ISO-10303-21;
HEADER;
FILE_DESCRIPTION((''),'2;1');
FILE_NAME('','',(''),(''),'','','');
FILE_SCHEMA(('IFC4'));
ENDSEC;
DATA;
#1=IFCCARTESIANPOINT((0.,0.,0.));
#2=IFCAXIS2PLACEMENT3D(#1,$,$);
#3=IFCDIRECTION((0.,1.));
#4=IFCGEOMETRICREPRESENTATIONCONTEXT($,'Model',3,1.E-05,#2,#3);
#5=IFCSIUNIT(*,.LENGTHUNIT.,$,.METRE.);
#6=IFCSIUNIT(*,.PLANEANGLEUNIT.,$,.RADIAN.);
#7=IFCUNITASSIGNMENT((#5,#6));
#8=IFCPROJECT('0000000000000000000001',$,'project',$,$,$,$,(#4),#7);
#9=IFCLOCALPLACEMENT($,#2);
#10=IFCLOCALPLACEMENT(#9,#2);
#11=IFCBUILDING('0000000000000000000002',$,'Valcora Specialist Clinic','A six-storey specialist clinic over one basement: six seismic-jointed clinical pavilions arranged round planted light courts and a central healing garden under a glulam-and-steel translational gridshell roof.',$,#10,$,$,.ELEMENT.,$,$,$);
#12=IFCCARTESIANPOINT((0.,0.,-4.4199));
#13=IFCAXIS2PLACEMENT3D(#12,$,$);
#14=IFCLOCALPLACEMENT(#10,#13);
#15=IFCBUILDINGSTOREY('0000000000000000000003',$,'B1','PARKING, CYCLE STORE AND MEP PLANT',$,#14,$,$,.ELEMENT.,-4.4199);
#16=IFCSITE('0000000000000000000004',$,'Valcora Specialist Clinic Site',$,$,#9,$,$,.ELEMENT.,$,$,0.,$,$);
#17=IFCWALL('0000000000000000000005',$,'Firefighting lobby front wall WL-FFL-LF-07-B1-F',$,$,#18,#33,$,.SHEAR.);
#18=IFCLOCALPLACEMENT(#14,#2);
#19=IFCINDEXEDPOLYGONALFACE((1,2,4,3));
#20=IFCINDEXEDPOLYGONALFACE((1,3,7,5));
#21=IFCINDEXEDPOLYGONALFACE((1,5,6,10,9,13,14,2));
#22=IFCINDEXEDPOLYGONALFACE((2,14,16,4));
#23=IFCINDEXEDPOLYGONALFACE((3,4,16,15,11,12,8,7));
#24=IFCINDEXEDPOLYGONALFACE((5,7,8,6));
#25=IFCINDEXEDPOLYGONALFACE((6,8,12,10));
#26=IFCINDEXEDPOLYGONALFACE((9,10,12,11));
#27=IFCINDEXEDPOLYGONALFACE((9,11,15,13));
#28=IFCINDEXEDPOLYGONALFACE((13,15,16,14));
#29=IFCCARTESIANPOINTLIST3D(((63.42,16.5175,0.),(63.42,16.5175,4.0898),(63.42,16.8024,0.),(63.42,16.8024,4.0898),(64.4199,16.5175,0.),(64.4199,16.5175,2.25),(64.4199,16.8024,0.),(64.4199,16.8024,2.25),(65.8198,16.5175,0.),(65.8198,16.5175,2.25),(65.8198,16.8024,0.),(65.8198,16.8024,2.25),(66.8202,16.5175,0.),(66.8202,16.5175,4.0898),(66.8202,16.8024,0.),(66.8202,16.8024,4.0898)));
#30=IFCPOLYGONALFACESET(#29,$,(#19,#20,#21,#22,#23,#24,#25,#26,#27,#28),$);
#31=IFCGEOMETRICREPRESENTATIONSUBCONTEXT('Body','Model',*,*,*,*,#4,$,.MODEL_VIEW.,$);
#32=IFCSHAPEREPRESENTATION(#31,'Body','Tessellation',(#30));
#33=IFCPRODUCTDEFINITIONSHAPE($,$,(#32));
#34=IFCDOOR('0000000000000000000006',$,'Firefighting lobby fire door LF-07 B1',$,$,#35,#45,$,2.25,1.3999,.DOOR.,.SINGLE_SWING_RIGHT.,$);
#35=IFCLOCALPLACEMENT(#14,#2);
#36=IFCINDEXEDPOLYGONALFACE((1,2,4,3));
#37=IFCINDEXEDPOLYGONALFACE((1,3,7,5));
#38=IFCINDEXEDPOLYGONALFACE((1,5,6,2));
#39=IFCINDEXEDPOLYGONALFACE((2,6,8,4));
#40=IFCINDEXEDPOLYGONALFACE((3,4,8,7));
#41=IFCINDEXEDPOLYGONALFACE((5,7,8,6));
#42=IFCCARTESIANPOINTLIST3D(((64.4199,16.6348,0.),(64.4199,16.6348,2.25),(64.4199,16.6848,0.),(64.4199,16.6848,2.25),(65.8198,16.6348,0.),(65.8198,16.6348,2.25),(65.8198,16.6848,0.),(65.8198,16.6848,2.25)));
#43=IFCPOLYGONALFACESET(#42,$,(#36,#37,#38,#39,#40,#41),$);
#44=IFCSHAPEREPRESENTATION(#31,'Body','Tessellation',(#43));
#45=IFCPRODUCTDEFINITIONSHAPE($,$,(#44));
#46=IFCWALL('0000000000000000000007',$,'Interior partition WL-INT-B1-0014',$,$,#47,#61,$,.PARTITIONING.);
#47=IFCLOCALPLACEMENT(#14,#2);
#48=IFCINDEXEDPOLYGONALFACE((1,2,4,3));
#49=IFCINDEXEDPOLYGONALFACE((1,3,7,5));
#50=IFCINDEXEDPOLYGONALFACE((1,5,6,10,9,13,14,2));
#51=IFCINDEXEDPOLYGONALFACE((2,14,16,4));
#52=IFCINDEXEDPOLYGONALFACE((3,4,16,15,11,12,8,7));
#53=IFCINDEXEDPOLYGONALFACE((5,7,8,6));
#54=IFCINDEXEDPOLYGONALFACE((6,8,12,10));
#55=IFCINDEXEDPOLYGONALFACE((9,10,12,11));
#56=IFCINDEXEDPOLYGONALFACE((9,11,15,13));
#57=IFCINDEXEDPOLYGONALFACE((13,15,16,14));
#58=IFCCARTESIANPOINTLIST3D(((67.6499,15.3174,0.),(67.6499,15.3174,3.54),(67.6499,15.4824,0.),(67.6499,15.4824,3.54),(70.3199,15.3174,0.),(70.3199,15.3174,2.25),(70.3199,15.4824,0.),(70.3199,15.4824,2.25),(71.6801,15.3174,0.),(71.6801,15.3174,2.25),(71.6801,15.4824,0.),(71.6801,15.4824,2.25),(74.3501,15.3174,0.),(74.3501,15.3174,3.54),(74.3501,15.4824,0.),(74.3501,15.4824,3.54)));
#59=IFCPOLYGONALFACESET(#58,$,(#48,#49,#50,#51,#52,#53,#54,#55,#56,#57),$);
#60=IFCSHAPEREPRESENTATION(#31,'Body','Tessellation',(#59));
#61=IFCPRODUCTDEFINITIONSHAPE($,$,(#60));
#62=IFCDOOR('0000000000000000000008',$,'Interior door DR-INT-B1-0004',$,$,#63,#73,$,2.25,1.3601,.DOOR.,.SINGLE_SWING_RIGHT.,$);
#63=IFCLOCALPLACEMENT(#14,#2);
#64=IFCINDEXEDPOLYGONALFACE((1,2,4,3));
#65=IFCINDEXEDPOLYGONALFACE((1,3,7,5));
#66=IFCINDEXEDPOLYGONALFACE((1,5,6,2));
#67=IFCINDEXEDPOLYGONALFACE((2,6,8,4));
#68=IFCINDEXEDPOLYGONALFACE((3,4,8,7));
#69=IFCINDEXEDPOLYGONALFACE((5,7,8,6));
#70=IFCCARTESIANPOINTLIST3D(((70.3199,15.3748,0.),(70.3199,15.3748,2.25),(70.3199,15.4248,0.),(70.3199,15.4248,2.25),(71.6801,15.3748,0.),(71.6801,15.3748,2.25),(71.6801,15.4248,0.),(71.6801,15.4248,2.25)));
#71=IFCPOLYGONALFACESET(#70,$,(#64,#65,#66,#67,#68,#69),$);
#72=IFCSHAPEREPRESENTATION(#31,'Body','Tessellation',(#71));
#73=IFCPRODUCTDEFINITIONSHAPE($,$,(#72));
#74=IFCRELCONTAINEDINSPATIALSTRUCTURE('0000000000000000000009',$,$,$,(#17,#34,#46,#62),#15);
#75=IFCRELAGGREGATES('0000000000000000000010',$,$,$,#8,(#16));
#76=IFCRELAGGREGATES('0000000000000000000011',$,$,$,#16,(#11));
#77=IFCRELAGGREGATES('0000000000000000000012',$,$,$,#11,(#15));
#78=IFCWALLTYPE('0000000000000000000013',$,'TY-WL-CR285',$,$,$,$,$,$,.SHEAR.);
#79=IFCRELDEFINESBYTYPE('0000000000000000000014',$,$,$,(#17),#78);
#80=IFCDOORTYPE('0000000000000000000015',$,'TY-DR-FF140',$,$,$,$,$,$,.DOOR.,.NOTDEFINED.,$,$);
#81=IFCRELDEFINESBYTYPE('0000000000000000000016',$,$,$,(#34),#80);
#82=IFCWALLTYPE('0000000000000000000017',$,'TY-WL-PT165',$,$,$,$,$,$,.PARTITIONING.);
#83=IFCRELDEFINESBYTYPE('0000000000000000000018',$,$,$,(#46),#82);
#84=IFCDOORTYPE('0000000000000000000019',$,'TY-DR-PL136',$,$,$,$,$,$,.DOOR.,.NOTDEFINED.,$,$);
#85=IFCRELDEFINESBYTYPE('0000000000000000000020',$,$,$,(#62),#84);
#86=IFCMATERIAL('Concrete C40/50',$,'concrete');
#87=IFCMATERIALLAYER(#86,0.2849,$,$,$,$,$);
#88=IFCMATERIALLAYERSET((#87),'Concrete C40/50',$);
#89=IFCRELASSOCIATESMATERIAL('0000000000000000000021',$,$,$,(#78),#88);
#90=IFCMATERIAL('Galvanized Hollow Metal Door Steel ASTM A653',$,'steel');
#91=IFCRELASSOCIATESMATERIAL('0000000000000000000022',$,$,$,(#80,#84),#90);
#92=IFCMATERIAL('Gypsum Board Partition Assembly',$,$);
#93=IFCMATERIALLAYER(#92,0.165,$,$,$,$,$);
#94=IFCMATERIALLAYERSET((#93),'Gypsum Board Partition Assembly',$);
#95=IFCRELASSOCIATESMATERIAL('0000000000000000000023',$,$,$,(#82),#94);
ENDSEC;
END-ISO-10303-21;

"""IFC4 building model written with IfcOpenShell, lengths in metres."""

from ifc_helpers import new_model, si_unit, direction, frame, frame_2d, origin, place, context, subcontext, project, spatial, rectangle, extrude, material, layer, layer_set, type_object, element, fill, save


model = new_model("IFC4")

# Units and contexts
model_context = context("Model", 3, precision=1e-05, world=origin(), true_north=direction((0.0, 1.0)))
body_context = subcontext(model_context, "Body", "Model", "MODEL_VIEW")
ifc_project = project(units=[si_unit("LENGTHUNIT", "METRE"), si_unit("PLANEANGLEUNIT", "RADIAN")], contexts=[model_context])

# Site, building, storey
site_placement = place(None, origin())
site = spatial("IfcSite", under=ifc_project, at=site_placement, Name="Valcora Specialist Clinic Site", CompositionType="ELEMENT", RefElevation=0.0)
building_placement = place(site_placement, origin())
building = spatial("IfcBuilding", under=site, at=building_placement, Name="Valcora Specialist Clinic", Description="A six-storey specialist clinic over one basement: six seismic-jointed clinical pavilions arranged round planted light courts and a central healing garden under a glulam-and-steel translational gridshell roof.", CompositionType="ELEMENT")
storey_placement = place(building_placement, frame((0.0, 0.0, -4.4199)))
storey = spatial("IfcBuildingStorey", under=building, at=storey_placement, Name="B1", Description="PARKING, CYCLE STORE AND MEP PLANT", CompositionType="ELEMENT", Elevation=-4.4199)

# Shared definitions
ifc_material_1 = material(Name="Concrete C40/50", Category="concrete")

# Walls, openings, doors
ifc_layer_1 = layer(ifc_material_1, 0.2849)
ifc_layer_set_1 = layer_set([ifc_layer_1], Name="Concrete C40/50")
wall_type_1 = type_object("IfcWallType", Name="TY-WL-CR285", PredefinedType="SHEAR", material=ifc_layer_set_1)
wall_1_placement = place(storey_placement, frame((63.4199, 16.6599, 0.0), z_axis=(0.0, 0.0, 1.0), x_axis=(1.0, 0.0, 0.0)))
wall_1 = element("IfcWall", 1, at=wall_1_placement, inside=storey, type_object=wall_type_1, Name="Firefighting lobby front wall WL-FFL-LF-07-B1-F", PredefinedType="SHEAR", context=body_context, shape_type="SweptSolid", body=[
    extrude(rectangle(XDim=3.4001, YDim=0.2849, at=frame_2d((1.7002, 0.0))), origin(), (0.0, 0.0, 1.0), 4.0898),
])
opening_1_placement = place(wall_1_placement, frame((1.0, 0.0, 0.0)))
opening_1 = element("IfcOpeningElement", 2, at=opening_1_placement, cuts=wall_1, PredefinedType="OPENING", context=body_context, shape_type="SweptSolid", body=[
    extrude(rectangle(XDim=1.3999, YDim=2.25, at=frame_2d((0.7, 1.125))), frame((0.0, 0.1523, 0.0), z_axis=(0.0, -1.0, 0.0), x_axis=(1.0, 0.0, 0.0)), (0.0, 0.0, 1.0), 0.3049),
])
ifc_material_2 = material(Name="Galvanized Hollow Metal Door Steel ASTM A653", Category="steel")
door_type_1 = type_object("IfcDoorType", Name="TY-DR-FF140", OperationType="NOTDEFINED", PredefinedType="DOOR", material=ifc_material_2)
door_1_placement = place(opening_1_placement, origin())
door_1 = element("IfcDoor", 3, at=door_1_placement, inside=storey, type_object=door_type_1, Name="Firefighting lobby fire door LF-07 B1", OperationType="SINGLE_SWING_RIGHT", OverallHeight=2.25, OverallWidth=1.3999, PredefinedType="DOOR", context=body_context, shape_type="SweptSolid", body=[
    extrude(rectangle(XDim=1.3999, YDim=2.25, at=frame_2d((0.7, 1.125))), frame((0.0, 0.0249, 0.0), z_axis=(0.0, -1.0, 0.0), x_axis=(1.0, 0.0, 0.0)), (0.0, 0.0, 1.0), 0.05),
])
fill(opening_1, door_1)
ifc_material_3 = material(Name="Gypsum Board Partition Assembly")
ifc_layer_2 = layer(ifc_material_3, 0.165)
ifc_layer_set_2 = layer_set([ifc_layer_2], Name="Gypsum Board Partition Assembly")
wall_type_2 = type_object("IfcWallType", Name="TY-WL-PT165", PredefinedType="PARTITIONING", material=ifc_layer_set_2)
wall_2_placement = place(storey_placement, frame((67.6499, 15.3999, 0.0), z_axis=(0.0, 0.0, 1.0), x_axis=(1.0, 0.0, 0.0)))
wall_2 = element("IfcWall", 4, at=wall_2_placement, inside=storey, type_object=wall_type_2, Name="Interior partition WL-INT-B1-0014", PredefinedType="PARTITIONING", context=body_context, shape_type="SweptSolid", body=[
    extrude(rectangle(XDim=6.7002, YDim=0.165, at=frame_2d((3.3501, 0.0))), origin(), (0.0, 0.0, 1.0), 3.54),
])
opening_2_placement = place(wall_2_placement, frame((2.6699, 0.0, 0.0)))
opening_2 = element("IfcOpeningElement", 5, at=opening_2_placement, cuts=wall_2, PredefinedType="OPENING", context=body_context, shape_type="SweptSolid", body=[
    extrude(rectangle(XDim=1.3601, YDim=2.25, at=frame_2d((0.6802, 1.125))), frame((0.0, 0.0925, 0.0), z_axis=(0.0, -1.0, 0.0), x_axis=(1.0, 0.0, 0.0)), (0.0, 0.0, 1.0), 0.1851),
])
door_type_2 = type_object("IfcDoorType", Name="TY-DR-PL136", OperationType="NOTDEFINED", PredefinedType="DOOR", material=ifc_material_2)
door_2_placement = place(opening_2_placement, origin())
door_2 = element("IfcDoor", 6, at=door_2_placement, inside=storey, type_object=door_type_2, Name="Interior door DR-INT-B1-0004", OperationType="SINGLE_SWING_RIGHT", OverallHeight=2.25, OverallWidth=1.3601, PredefinedType="DOOR", context=body_context, shape_type="SweptSolid", body=[
    extrude(rectangle(XDim=1.3601, YDim=2.25, at=frame_2d((0.6802, 1.125))), frame((0.0, 0.0249, 0.0), z_axis=(0.0, -1.0, 0.0), x_axis=(1.0, 0.0, 0.0)), (0.0, 0.0, 1.0), 0.05),
])
fill(opening_2, door_2)

save(model, "model.ifc")
